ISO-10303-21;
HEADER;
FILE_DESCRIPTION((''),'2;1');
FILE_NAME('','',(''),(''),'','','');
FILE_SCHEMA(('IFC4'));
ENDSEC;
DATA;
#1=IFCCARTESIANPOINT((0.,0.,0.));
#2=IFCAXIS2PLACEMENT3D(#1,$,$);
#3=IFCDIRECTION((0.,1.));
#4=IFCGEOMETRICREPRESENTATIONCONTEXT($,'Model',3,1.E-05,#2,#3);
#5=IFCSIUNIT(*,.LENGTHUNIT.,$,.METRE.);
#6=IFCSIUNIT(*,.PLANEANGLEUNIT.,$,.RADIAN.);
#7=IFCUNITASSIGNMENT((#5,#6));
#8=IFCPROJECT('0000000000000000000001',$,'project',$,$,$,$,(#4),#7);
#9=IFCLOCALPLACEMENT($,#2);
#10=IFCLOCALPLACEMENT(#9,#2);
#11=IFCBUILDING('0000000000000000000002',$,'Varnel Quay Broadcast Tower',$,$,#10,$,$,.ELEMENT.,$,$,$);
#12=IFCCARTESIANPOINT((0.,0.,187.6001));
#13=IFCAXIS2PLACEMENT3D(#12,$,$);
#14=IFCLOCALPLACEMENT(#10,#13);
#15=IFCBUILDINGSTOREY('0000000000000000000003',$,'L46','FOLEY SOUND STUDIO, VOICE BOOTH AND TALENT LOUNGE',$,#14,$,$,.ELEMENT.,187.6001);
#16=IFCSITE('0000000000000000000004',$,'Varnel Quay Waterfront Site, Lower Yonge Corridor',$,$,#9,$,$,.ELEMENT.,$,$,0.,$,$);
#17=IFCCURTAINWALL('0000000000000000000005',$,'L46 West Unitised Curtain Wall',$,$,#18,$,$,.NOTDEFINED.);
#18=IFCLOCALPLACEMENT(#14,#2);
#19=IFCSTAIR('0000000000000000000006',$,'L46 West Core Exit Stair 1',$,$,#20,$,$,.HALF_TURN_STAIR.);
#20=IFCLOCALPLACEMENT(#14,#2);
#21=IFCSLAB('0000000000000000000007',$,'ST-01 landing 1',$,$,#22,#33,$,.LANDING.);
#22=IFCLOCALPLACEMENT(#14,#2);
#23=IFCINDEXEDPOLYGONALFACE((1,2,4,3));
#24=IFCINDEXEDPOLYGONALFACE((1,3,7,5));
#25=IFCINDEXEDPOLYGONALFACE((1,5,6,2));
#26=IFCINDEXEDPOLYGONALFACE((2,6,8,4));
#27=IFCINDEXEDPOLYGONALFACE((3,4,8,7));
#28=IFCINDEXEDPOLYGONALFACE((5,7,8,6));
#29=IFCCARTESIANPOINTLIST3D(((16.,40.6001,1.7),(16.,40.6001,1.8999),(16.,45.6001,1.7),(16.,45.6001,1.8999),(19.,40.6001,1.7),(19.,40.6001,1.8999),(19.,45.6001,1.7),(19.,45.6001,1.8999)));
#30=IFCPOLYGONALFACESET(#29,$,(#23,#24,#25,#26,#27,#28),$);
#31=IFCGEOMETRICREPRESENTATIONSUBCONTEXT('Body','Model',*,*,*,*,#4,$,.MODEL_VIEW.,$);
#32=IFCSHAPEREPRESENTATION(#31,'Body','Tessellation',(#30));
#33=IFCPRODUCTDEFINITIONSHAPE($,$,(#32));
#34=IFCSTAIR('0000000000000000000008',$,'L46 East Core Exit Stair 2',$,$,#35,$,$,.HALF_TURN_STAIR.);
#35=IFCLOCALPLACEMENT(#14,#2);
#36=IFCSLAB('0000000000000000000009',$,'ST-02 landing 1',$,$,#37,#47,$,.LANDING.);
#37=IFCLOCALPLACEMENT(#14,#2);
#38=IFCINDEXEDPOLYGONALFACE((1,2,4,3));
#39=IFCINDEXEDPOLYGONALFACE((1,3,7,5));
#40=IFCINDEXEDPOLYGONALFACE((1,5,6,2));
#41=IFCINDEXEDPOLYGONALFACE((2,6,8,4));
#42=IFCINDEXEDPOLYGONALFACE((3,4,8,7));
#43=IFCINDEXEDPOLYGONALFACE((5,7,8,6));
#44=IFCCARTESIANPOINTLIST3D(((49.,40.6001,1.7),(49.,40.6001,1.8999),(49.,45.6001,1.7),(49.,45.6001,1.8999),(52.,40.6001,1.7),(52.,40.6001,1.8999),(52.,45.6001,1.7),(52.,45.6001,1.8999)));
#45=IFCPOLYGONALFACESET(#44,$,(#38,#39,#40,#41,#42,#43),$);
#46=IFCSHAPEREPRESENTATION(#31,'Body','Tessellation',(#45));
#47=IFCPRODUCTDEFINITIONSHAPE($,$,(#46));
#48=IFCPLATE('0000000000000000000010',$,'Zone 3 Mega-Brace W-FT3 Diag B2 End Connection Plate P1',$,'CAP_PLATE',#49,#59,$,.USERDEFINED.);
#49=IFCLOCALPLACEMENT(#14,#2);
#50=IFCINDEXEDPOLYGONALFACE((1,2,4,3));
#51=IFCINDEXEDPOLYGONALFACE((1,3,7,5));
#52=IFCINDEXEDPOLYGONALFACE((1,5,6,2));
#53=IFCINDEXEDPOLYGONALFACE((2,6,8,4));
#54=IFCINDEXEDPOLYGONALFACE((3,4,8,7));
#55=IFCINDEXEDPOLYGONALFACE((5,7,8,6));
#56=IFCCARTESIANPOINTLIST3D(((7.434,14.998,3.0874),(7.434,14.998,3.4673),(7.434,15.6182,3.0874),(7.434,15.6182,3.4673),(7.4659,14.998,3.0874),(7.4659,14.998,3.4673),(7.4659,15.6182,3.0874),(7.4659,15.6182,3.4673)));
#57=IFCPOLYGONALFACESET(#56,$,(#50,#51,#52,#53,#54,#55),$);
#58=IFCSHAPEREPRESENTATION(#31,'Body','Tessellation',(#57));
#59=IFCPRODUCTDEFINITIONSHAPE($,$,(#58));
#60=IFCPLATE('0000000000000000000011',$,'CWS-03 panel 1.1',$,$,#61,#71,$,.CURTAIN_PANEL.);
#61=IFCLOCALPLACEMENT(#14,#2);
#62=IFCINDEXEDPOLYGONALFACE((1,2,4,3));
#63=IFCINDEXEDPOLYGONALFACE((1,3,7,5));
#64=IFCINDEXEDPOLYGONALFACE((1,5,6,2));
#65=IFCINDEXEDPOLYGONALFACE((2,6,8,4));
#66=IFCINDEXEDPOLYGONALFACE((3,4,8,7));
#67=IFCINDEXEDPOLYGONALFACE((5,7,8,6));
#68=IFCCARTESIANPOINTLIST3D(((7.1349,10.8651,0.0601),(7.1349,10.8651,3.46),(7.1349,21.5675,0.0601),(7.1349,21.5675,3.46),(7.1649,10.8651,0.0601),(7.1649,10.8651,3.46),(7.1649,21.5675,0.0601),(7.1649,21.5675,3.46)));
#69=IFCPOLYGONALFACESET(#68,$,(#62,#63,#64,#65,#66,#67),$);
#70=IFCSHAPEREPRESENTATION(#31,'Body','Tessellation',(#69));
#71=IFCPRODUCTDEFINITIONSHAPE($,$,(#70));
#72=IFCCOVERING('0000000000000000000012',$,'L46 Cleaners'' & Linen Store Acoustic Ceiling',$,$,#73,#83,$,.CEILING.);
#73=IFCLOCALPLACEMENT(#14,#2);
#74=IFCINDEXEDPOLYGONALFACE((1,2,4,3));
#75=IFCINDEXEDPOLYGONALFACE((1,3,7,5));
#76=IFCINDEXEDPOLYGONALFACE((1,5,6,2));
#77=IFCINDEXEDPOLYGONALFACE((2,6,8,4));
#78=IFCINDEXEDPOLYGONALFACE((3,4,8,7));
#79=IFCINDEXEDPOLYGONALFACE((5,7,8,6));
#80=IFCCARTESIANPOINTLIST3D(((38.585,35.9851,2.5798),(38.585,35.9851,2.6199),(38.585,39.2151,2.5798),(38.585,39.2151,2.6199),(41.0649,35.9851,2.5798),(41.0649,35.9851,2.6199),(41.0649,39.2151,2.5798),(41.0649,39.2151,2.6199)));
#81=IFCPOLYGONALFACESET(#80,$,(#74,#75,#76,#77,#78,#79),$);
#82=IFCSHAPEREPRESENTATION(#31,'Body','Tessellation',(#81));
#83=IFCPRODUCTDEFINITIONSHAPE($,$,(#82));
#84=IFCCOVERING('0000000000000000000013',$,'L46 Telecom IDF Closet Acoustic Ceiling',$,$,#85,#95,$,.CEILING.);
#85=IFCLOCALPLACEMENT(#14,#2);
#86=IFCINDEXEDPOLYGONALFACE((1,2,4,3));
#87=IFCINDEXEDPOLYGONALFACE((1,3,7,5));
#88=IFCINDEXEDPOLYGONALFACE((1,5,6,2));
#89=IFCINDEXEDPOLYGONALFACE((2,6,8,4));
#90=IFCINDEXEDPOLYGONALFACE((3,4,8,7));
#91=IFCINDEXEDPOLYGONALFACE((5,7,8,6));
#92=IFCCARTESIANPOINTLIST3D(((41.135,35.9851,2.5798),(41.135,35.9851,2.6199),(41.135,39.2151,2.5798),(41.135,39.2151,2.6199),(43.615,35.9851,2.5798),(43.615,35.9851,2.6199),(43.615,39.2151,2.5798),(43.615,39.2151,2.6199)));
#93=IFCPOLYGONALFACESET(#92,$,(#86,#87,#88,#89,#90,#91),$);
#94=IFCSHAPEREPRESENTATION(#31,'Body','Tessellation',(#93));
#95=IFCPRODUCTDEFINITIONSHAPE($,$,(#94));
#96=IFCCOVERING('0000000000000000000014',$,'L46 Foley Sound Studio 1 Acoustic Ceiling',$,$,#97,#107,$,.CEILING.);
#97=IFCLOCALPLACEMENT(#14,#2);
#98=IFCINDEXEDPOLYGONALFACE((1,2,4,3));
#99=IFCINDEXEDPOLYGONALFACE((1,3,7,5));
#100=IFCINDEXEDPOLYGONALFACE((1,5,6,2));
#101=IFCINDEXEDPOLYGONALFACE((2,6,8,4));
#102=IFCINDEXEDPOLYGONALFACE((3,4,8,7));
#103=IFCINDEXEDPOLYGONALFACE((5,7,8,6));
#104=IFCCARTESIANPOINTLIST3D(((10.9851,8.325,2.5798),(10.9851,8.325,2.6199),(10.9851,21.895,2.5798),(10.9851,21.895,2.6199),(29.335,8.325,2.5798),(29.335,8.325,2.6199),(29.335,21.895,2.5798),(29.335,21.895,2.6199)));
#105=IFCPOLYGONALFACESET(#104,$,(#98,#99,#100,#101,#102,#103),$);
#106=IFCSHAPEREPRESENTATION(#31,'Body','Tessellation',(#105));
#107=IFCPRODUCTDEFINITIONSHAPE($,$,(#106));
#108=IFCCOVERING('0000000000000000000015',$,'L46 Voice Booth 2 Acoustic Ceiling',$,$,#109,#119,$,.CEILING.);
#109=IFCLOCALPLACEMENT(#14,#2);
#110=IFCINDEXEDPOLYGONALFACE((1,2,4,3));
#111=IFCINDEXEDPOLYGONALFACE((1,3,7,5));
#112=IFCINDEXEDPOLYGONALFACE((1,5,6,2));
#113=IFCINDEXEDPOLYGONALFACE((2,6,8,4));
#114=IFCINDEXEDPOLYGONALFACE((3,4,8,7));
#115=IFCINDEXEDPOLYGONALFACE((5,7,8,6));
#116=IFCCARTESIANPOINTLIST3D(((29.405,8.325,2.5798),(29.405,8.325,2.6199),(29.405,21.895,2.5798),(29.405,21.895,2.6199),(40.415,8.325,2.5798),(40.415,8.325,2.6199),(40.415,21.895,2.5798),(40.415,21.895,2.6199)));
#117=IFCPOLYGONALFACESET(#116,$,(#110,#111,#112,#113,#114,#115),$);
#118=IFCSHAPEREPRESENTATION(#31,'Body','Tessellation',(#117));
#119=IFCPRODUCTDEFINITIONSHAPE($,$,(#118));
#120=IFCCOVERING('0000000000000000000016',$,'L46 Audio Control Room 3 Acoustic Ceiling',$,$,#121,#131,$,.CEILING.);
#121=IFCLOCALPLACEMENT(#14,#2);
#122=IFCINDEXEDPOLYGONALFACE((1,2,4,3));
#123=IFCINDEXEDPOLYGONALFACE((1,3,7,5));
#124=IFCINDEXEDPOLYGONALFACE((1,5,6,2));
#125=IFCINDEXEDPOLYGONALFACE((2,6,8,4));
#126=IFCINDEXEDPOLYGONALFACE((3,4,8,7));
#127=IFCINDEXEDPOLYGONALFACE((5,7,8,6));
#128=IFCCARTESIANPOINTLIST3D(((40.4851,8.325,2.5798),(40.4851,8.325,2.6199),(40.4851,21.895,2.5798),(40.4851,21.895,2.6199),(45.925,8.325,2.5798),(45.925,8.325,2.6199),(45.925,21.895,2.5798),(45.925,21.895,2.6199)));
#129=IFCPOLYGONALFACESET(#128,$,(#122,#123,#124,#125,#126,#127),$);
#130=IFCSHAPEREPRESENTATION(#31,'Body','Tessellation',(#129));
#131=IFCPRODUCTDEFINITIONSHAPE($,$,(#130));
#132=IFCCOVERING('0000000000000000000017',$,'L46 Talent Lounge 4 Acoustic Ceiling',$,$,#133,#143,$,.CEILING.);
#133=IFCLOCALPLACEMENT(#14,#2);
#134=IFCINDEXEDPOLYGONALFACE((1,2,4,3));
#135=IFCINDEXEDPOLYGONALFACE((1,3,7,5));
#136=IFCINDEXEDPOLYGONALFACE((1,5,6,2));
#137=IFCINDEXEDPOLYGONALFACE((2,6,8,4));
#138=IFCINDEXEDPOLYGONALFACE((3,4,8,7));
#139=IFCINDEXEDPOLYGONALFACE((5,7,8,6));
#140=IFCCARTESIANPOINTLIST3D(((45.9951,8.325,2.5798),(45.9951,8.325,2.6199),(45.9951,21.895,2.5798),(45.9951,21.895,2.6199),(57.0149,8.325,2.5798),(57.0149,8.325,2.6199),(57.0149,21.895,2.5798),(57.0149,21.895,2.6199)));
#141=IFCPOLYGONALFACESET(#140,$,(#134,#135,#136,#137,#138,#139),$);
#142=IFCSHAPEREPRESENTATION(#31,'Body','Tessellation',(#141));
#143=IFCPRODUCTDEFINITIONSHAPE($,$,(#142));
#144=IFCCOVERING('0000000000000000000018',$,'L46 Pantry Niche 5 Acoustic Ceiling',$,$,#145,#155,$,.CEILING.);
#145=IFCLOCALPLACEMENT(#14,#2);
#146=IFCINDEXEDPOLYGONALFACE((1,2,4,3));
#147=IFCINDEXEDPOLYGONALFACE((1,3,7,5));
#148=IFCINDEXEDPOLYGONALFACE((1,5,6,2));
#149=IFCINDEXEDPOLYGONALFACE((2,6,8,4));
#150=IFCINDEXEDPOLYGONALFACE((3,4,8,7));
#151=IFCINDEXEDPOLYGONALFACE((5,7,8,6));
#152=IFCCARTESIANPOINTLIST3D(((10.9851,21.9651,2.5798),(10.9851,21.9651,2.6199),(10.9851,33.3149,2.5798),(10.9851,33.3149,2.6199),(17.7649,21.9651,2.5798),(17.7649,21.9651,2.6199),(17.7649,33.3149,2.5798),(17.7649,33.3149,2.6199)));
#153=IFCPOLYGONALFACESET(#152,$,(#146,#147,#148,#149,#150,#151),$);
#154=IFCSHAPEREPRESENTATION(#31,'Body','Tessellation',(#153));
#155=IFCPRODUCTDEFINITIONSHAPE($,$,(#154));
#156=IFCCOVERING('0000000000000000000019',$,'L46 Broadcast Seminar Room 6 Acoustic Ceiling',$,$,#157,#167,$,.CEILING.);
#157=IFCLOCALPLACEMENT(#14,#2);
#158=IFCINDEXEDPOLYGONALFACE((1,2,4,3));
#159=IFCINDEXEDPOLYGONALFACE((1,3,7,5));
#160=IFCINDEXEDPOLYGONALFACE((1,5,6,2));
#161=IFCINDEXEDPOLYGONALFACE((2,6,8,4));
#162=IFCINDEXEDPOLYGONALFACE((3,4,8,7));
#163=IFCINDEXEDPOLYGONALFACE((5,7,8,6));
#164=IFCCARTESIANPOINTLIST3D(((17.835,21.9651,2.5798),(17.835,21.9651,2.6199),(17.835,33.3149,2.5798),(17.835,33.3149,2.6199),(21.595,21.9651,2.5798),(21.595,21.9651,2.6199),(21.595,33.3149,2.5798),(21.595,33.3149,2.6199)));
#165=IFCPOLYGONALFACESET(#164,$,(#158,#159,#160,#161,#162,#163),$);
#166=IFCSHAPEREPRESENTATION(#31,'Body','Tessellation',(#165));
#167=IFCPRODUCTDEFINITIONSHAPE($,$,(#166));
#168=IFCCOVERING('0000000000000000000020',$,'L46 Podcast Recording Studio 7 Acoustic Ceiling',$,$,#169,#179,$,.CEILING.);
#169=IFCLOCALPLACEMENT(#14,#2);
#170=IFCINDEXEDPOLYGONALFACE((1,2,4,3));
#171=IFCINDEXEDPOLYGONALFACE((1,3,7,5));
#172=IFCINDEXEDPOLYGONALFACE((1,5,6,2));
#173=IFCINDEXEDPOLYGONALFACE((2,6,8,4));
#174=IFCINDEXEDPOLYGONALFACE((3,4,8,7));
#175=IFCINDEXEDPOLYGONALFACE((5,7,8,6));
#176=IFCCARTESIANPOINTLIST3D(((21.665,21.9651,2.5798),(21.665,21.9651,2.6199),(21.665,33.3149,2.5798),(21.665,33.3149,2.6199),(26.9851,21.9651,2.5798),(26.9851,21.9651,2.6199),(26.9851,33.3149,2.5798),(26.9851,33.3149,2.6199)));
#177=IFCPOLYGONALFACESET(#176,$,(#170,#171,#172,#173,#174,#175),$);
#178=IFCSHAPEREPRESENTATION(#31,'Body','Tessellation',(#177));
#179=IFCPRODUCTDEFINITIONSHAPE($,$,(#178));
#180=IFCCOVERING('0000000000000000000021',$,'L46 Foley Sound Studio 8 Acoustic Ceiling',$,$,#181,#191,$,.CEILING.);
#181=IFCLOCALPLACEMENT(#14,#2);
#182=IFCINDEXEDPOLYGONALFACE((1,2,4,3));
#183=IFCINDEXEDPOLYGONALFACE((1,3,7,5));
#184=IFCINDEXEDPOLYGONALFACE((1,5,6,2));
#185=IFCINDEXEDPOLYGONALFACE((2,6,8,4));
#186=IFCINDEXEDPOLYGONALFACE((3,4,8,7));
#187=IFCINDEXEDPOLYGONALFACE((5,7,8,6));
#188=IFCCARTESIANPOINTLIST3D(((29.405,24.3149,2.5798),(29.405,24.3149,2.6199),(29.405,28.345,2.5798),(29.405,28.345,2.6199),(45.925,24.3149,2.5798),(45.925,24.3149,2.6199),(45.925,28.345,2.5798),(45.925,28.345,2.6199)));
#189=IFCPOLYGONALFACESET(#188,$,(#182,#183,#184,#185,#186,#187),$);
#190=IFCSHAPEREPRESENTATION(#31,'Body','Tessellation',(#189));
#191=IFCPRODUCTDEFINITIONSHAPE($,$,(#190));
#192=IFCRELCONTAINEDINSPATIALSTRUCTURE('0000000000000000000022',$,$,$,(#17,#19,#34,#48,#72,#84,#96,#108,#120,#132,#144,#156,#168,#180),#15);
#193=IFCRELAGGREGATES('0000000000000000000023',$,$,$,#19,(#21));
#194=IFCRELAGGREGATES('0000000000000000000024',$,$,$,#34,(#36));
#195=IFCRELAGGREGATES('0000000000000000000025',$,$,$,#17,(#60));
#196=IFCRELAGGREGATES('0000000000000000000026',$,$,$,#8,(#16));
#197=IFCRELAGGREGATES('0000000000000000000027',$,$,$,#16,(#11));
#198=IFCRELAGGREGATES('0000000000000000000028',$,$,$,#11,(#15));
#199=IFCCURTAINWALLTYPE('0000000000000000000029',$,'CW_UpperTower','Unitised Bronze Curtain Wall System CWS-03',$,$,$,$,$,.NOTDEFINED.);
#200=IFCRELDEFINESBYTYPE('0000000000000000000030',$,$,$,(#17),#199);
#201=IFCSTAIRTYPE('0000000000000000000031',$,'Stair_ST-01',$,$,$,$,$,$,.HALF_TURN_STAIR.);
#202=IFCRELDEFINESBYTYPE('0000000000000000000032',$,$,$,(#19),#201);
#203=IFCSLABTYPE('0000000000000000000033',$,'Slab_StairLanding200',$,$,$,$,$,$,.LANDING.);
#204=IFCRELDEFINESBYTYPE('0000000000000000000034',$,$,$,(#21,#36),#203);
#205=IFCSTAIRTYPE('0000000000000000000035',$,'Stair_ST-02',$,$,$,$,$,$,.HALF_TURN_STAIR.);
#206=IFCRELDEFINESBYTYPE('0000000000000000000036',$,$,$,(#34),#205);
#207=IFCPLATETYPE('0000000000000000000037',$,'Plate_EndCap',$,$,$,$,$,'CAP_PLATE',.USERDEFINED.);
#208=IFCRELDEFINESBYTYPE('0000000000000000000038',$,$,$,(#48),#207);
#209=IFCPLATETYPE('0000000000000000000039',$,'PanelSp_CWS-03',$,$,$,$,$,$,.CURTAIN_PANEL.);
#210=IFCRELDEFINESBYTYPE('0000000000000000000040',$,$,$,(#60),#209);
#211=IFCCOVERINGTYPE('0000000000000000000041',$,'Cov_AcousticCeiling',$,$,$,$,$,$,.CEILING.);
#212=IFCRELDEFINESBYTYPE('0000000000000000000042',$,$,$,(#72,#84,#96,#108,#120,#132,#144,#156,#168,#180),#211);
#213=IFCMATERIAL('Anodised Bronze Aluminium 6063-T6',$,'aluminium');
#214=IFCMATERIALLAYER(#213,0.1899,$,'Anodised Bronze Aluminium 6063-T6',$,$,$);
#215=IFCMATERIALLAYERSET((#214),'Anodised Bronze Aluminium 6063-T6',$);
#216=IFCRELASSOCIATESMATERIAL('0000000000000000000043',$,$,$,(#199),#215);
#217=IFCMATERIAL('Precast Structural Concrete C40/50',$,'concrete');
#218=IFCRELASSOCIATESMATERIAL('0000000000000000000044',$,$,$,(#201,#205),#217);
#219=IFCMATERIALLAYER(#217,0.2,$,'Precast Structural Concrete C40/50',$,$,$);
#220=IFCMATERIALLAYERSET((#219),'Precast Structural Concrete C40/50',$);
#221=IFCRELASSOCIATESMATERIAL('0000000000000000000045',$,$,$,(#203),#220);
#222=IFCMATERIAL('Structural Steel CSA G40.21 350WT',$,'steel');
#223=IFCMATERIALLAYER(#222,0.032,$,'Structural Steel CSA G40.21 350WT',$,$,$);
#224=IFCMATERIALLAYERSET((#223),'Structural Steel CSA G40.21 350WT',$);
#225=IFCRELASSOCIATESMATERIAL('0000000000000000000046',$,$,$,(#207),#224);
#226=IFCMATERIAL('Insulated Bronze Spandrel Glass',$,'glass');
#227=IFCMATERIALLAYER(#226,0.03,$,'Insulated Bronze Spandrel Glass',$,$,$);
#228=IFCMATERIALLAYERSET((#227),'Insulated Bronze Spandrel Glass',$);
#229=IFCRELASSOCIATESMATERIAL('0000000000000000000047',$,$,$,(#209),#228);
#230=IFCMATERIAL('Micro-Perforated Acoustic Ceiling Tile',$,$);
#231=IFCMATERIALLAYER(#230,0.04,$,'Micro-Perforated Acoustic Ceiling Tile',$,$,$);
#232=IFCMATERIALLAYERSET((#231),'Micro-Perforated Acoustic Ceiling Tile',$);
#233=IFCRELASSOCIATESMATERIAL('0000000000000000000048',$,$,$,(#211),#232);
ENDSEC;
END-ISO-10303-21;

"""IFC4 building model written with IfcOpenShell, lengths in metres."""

from ifc_helpers import new_model, si_unit, direction, frame, origin, origin_2d, place, context, subcontext, project, spatial, polyline, rectangle, outline, extrude, source, transform, mapped, material, layer, layer_set, type_object, type_shapes, element, aggregate, save


model = new_model("IFC4")

# Units and contexts
model_context = context("Model", 3, precision=1e-05, world=origin(), true_north=direction((0.0, 1.0)))
body_context = subcontext(model_context, "Body", "Model", "MODEL_VIEW")
ifc_project = project(units=[si_unit("LENGTHUNIT", "METRE"), si_unit("PLANEANGLEUNIT", "RADIAN")], contexts=[model_context])

# Site, building, storey
site_placement = place(None, origin())
site = spatial("IfcSite", under=ifc_project, at=site_placement, Name="Varnel Quay Waterfront Site, Lower Yonge Corridor", CompositionType="ELEMENT", RefElevation=0.0)
building_placement = place(site_placement, origin())
building = spatial("IfcBuilding", under=site, at=building_placement, Name="Varnel Quay Broadcast Tower", CompositionType="ELEMENT")
storey_placement = place(building_placement, frame((0.0, 0.0, 187.6001)))
storey = spatial("IfcBuildingStorey", under=building, at=storey_placement, Name="L46", Description="FOLEY SOUND STUDIO, VOICE BOOTH AND TALENT LOUNGE", CompositionType="ELEMENT", Elevation=187.6001)

# Curtain wall
ifc_material_1 = material(Name="Anodised Bronze Aluminium 6063-T6", Category="aluminium")
ifc_layer_1 = layer(ifc_material_1, 0.1899, Name="Anodised Bronze Aluminium 6063-T6")
ifc_layer_set_1 = layer_set([ifc_layer_1], Name="Anodised Bronze Aluminium 6063-T6")
curtain_wall_type_1 = type_object("IfcCurtainWallType", Name="CW_UpperTower", Description="Unitised Bronze Curtain Wall System CWS-03", PredefinedType="NOTDEFINED", material=ifc_layer_set_1)
curtain_wall_1_placement = place(storey_placement, origin())
curtain_wall_1 = element("IfcCurtainWall", 1, at=curtain_wall_1_placement, inside=storey, type_object=curtain_wall_type_1, Name="L46 West Unitised Curtain Wall", PredefinedType="NOTDEFINED")

# Stairs, slabs
ifc_material_2 = material(Name="Precast Structural Concrete C40/50", Category="concrete")
stair_type_1 = type_object("IfcStairType", Name="Stair_ST-01", PredefinedType="HALF_TURN_STAIR", material=ifc_material_2)
stair_1_placement = place(storey_placement, origin())
stair_1 = element("IfcStair", 2, at=stair_1_placement, inside=storey, type_object=stair_type_1, Name="L46 West Core Exit Stair 1", PredefinedType="HALF_TURN_STAIR")
ifc_layer_2 = layer(ifc_material_2, 0.2, Name="Precast Structural Concrete C40/50")
ifc_layer_set_2 = layer_set([ifc_layer_2], Name="Precast Structural Concrete C40/50")
slab_type_1 = type_object("IfcSlabType", Name="Slab_StairLanding200", PredefinedType="LANDING", material=ifc_layer_set_2)
slab_1_placement = place(storey_placement, frame((0.0, 0.0, 1.7)))
slab_1 = element("IfcSlab", 3, at=slab_1_placement, type_object=slab_type_1, Name="ST-01 landing 1", PredefinedType="LANDING", context=body_context, shape_type="SweptSolid", body=[
    extrude(outline(polyline([(19.0, 40.6001), (19.0, 45.6001), (16.0, 45.6001), (16.0, 40.6001), (19.0, 40.6001)])), origin(), (0.0, 0.0, 1.0), 0.2),
])
aggregate(stair_1, [slab_1])
stair_type_2 = type_object("IfcStairType", Name="Stair_ST-02", PredefinedType="HALF_TURN_STAIR", material=ifc_material_2)
stair_2_placement = place(storey_placement, origin())
stair_2 = element("IfcStair", 4, at=stair_2_placement, inside=storey, type_object=stair_type_2, Name="L46 East Core Exit Stair 2", PredefinedType="HALF_TURN_STAIR")
slab_2_placement = place(storey_placement, frame((0.0, 0.0, 1.7)))
slab_2 = element("IfcSlab", 5, at=slab_2_placement, type_object=slab_type_1, Name="ST-02 landing 1", PredefinedType="LANDING", context=body_context, shape_type="SweptSolid", body=[
    extrude(outline(polyline([(52.0, 40.6001), (52.0, 45.6001), (49.0, 45.6001), (49.0, 40.6001), (52.0, 40.6001)])), origin(), (0.0, 0.0, 1.0), 0.2),
])
aggregate(stair_2, [slab_2])

# Plates
ifc_material_3 = material(Name="Structural Steel CSA G40.21 350WT", Category="steel")
ifc_layer_3 = layer(ifc_material_3, 0.032, Name="Structural Steel CSA G40.21 350WT")
ifc_layer_set_3 = layer_set([ifc_layer_3], Name="Structural Steel CSA G40.21 350WT")
plate_type_1 = type_object("IfcPlateType", Name="Plate_EndCap", ElementType="CAP_PLATE", PredefinedType="USERDEFINED", material=ifc_layer_set_3)
shared_shape_1 = source(origin(), body_context, "Body", "SweptSolid", [
    extrude(rectangle(XDim=0.6201, YDim=0.032, at=origin_2d()), origin(), (0.0, 0.0, 1.0), 0.3799),
])
type_shapes(plate_type_1, [shared_shape_1])
plate_1_placement = place(storey_placement, frame((7.45, 15.3081, 3.0874), z_axis=(0.0, 0.0, 1.0), x_axis=(0.0, 1.0, 0.0)))
element("IfcPlate", 6, at=plate_1_placement, inside=storey, type_object=plate_type_1, Name="Zone 3 Mega-Brace W-FT3 Diag B2 End Connection Plate P1", ObjectType="CAP_PLATE", PredefinedType="USERDEFINED", context=body_context, shape_type="MappedRepresentation", body=[
    mapped(shared_shape_1, transform((0.0, 0.0, 0.0), x_axis=(1.0, 0.0, 0.0), y_axis=(0.0, 1.0, 0.0), z_axis=(0.0, 0.0, 1.0), scale=1.0)),
])
ifc_material_4 = material(Name="Insulated Bronze Spandrel Glass", Category="glass")
ifc_layer_4 = layer(ifc_material_4, 0.03, Name="Insulated Bronze Spandrel Glass")
ifc_layer_set_4 = layer_set([ifc_layer_4], Name="Insulated Bronze Spandrel Glass")
plate_type_2 = type_object("IfcPlateType", Name="PanelSp_CWS-03", PredefinedType="CURTAIN_PANEL", material=ifc_layer_set_4)
shared_shape_2 = source(origin(), body_context, "Body", "SweptSolid", [
    extrude(rectangle(XDim=10.7024, YDim=0.03, at=origin_2d()), origin(), (0.0, 0.0, 1.0), 3.3999),
])
type_shapes(plate_type_2, [shared_shape_2])
plate_2_placement = place(storey_placement, frame((7.1499, 16.2163, 0.0601), z_axis=(0.0, 0.0, 1.0), x_axis=(0.0, 1.0, 0.0)))
plate_2 = element("IfcPlate", 7, at=plate_2_placement, type_object=plate_type_2, Name="CWS-03 panel 1.1", PredefinedType="CURTAIN_PANEL", context=body_context, shape_type="MappedRepresentation", body=[
    mapped(shared_shape_2, transform((0.0, 0.0, 0.0), x_axis=(1.0, 0.0, 0.0), y_axis=(0.0, 1.0, 0.0), z_axis=(0.0, 0.0, 1.0), scale=1.0)),
])
aggregate(curtain_wall_1, [plate_2])

# Coverings
ifc_material_5 = material(Name="Micro-Perforated Acoustic Ceiling Tile")
ifc_layer_5 = layer(ifc_material_5, 0.04, Name="Micro-Perforated Acoustic Ceiling Tile")
ifc_layer_set_5 = layer_set([ifc_layer_5], Name="Micro-Perforated Acoustic Ceiling Tile")
covering_type_1 = type_object("IfcCoveringType", Name="Cov_AcousticCeiling", PredefinedType="CEILING", material=ifc_layer_set_5)
covering_1_placement = place(storey_placement, frame((0.0, 0.0, 2.5798)))
element("IfcCovering", 8, at=covering_1_placement, inside=storey, type_object=covering_type_1, Name="L46 Cleaners' & Linen Store Acoustic Ceiling", PredefinedType="CEILING", context=body_context, shape_type="SweptSolid", body=[
    extrude(outline(polyline([(38.585, 35.9851), (41.0649, 35.9851), (41.0649, 39.2151), (38.585, 39.2151), (38.585, 35.9851)])), origin(), (0.0, 0.0, 1.0), 0.04),
])
covering_2_placement = place(storey_placement, frame((0.0, 0.0, 2.5798)))
element("IfcCovering", 9, at=covering_2_placement, inside=storey, type_object=covering_type_1, Name="L46 Telecom IDF Closet Acoustic Ceiling", PredefinedType="CEILING", context=body_context, shape_type="SweptSolid", body=[
    extrude(outline(polyline([(41.135, 35.9851), (43.615, 35.9851), (43.615, 39.2151), (41.135, 39.2151), (41.135, 35.9851)])), origin(), (0.0, 0.0, 1.0), 0.04),
])
covering_3_placement = place(storey_placement, frame((0.0, 0.0, 2.5798)))
element("IfcCovering", 10, at=covering_3_placement, inside=storey, type_object=covering_type_1, Name="L46 Foley Sound Studio 1 Acoustic Ceiling", PredefinedType="CEILING", context=body_context, shape_type="SweptSolid", body=[
    extrude(outline(polyline([(10.9851, 8.325), (29.335, 8.325), (29.335, 21.895), (10.9851, 21.895), (10.9851, 8.325)])), origin(), (0.0, 0.0, 1.0), 0.04),
])
covering_4_placement = place(storey_placement, frame((0.0, 0.0, 2.5798)))
element("IfcCovering", 11, at=covering_4_placement, inside=storey, type_object=covering_type_1, Name="L46 Voice Booth 2 Acoustic Ceiling", PredefinedType="CEILING", context=body_context, shape_type="SweptSolid", body=[
    extrude(outline(polyline([(29.405, 8.325), (40.415, 8.325), (40.415, 21.895), (29.405, 21.895), (29.405, 8.325)])), origin(), (0.0, 0.0, 1.0), 0.04),
])
covering_5_placement = place(storey_placement, frame((0.0, 0.0, 2.5798)))
element("IfcCovering", 12, at=covering_5_placement, inside=storey, type_object=covering_type_1, Name="L46 Audio Control Room 3 Acoustic Ceiling", PredefinedType="CEILING", context=body_context, shape_type="SweptSolid", body=[
    extrude(outline(polyline([(40.4851, 8.325), (45.925, 8.325), (45.925, 21.895), (40.4851, 21.895), (40.4851, 8.325)])), origin(), (0.0, 0.0, 1.0), 0.04),
])
covering_6_placement = place(storey_placement, frame((0.0, 0.0, 2.5798)))
element("IfcCovering", 13, at=covering_6_placement, inside=storey, type_object=covering_type_1, Name="L46 Talent Lounge 4 Acoustic Ceiling", PredefinedType="CEILING", context=body_context, shape_type="SweptSolid", body=[
    extrude(outline(polyline([(45.9951, 8.325), (57.0149, 8.325), (57.0149, 21.895), (45.9951, 21.895), (45.9951, 8.325)])), origin(), (0.0, 0.0, 1.0), 0.04),
])
covering_7_placement = place(storey_placement, frame((0.0, 0.0, 2.5798)))
element("IfcCovering", 14, at=covering_7_placement, inside=storey, type_object=covering_type_1, Name="L46 Pantry Niche 5 Acoustic Ceiling", PredefinedType="CEILING", context=body_context, shape_type="SweptSolid", body=[
    extrude(outline(polyline([(10.9851, 21.9651), (17.7649, 21.9651), (17.7649, 33.3149), (10.9851, 33.3149), (10.9851, 21.9651)])), origin(), (0.0, 0.0, 1.0), 0.04),
])
covering_8_placement = place(storey_placement, frame((0.0, 0.0, 2.5798)))
element("IfcCovering", 15, at=covering_8_placement, inside=storey, type_object=covering_type_1, Name="L46 Broadcast Seminar Room 6 Acoustic Ceiling", PredefinedType="CEILING", context=body_context, shape_type="SweptSolid", body=[
    extrude(outline(polyline([(17.835, 21.9651), (21.595, 21.9651), (21.595, 33.3149), (17.835, 33.3149), (17.835, 21.9651)])), origin(), (0.0, 0.0, 1.0), 0.04),
])
covering_9_placement = place(storey_placement, frame((0.0, 0.0, 2.5798)))
element("IfcCovering", 16, at=covering_9_placement, inside=storey, type_object=covering_type_1, Name="L46 Podcast Recording Studio 7 Acoustic Ceiling", PredefinedType="CEILING", context=body_context, shape_type="SweptSolid", body=[
    extrude(outline(polyline([(21.665, 21.9651), (26.9851, 21.9651), (26.9851, 33.3149), (21.665, 33.3149), (21.665, 21.9651)])), origin(), (0.0, 0.0, 1.0), 0.04),
])
covering_10_placement = place(storey_placement, frame((0.0, 0.0, 2.5798)))
element("IfcCovering", 17, at=covering_10_placement, inside=storey, type_object=covering_type_1, Name="L46 Foley Sound Studio 8 Acoustic Ceiling", PredefinedType="CEILING", context=body_context, shape_type="SweptSolid", body=[
    extrude(outline(polyline([(29.405, 24.3149), (45.925, 24.3149), (45.925, 28.345), (29.405, 28.345), (29.405, 24.3149)])), origin(), (0.0, 0.0, 1.0), 0.04),
])

save(model, "model.ifc")
